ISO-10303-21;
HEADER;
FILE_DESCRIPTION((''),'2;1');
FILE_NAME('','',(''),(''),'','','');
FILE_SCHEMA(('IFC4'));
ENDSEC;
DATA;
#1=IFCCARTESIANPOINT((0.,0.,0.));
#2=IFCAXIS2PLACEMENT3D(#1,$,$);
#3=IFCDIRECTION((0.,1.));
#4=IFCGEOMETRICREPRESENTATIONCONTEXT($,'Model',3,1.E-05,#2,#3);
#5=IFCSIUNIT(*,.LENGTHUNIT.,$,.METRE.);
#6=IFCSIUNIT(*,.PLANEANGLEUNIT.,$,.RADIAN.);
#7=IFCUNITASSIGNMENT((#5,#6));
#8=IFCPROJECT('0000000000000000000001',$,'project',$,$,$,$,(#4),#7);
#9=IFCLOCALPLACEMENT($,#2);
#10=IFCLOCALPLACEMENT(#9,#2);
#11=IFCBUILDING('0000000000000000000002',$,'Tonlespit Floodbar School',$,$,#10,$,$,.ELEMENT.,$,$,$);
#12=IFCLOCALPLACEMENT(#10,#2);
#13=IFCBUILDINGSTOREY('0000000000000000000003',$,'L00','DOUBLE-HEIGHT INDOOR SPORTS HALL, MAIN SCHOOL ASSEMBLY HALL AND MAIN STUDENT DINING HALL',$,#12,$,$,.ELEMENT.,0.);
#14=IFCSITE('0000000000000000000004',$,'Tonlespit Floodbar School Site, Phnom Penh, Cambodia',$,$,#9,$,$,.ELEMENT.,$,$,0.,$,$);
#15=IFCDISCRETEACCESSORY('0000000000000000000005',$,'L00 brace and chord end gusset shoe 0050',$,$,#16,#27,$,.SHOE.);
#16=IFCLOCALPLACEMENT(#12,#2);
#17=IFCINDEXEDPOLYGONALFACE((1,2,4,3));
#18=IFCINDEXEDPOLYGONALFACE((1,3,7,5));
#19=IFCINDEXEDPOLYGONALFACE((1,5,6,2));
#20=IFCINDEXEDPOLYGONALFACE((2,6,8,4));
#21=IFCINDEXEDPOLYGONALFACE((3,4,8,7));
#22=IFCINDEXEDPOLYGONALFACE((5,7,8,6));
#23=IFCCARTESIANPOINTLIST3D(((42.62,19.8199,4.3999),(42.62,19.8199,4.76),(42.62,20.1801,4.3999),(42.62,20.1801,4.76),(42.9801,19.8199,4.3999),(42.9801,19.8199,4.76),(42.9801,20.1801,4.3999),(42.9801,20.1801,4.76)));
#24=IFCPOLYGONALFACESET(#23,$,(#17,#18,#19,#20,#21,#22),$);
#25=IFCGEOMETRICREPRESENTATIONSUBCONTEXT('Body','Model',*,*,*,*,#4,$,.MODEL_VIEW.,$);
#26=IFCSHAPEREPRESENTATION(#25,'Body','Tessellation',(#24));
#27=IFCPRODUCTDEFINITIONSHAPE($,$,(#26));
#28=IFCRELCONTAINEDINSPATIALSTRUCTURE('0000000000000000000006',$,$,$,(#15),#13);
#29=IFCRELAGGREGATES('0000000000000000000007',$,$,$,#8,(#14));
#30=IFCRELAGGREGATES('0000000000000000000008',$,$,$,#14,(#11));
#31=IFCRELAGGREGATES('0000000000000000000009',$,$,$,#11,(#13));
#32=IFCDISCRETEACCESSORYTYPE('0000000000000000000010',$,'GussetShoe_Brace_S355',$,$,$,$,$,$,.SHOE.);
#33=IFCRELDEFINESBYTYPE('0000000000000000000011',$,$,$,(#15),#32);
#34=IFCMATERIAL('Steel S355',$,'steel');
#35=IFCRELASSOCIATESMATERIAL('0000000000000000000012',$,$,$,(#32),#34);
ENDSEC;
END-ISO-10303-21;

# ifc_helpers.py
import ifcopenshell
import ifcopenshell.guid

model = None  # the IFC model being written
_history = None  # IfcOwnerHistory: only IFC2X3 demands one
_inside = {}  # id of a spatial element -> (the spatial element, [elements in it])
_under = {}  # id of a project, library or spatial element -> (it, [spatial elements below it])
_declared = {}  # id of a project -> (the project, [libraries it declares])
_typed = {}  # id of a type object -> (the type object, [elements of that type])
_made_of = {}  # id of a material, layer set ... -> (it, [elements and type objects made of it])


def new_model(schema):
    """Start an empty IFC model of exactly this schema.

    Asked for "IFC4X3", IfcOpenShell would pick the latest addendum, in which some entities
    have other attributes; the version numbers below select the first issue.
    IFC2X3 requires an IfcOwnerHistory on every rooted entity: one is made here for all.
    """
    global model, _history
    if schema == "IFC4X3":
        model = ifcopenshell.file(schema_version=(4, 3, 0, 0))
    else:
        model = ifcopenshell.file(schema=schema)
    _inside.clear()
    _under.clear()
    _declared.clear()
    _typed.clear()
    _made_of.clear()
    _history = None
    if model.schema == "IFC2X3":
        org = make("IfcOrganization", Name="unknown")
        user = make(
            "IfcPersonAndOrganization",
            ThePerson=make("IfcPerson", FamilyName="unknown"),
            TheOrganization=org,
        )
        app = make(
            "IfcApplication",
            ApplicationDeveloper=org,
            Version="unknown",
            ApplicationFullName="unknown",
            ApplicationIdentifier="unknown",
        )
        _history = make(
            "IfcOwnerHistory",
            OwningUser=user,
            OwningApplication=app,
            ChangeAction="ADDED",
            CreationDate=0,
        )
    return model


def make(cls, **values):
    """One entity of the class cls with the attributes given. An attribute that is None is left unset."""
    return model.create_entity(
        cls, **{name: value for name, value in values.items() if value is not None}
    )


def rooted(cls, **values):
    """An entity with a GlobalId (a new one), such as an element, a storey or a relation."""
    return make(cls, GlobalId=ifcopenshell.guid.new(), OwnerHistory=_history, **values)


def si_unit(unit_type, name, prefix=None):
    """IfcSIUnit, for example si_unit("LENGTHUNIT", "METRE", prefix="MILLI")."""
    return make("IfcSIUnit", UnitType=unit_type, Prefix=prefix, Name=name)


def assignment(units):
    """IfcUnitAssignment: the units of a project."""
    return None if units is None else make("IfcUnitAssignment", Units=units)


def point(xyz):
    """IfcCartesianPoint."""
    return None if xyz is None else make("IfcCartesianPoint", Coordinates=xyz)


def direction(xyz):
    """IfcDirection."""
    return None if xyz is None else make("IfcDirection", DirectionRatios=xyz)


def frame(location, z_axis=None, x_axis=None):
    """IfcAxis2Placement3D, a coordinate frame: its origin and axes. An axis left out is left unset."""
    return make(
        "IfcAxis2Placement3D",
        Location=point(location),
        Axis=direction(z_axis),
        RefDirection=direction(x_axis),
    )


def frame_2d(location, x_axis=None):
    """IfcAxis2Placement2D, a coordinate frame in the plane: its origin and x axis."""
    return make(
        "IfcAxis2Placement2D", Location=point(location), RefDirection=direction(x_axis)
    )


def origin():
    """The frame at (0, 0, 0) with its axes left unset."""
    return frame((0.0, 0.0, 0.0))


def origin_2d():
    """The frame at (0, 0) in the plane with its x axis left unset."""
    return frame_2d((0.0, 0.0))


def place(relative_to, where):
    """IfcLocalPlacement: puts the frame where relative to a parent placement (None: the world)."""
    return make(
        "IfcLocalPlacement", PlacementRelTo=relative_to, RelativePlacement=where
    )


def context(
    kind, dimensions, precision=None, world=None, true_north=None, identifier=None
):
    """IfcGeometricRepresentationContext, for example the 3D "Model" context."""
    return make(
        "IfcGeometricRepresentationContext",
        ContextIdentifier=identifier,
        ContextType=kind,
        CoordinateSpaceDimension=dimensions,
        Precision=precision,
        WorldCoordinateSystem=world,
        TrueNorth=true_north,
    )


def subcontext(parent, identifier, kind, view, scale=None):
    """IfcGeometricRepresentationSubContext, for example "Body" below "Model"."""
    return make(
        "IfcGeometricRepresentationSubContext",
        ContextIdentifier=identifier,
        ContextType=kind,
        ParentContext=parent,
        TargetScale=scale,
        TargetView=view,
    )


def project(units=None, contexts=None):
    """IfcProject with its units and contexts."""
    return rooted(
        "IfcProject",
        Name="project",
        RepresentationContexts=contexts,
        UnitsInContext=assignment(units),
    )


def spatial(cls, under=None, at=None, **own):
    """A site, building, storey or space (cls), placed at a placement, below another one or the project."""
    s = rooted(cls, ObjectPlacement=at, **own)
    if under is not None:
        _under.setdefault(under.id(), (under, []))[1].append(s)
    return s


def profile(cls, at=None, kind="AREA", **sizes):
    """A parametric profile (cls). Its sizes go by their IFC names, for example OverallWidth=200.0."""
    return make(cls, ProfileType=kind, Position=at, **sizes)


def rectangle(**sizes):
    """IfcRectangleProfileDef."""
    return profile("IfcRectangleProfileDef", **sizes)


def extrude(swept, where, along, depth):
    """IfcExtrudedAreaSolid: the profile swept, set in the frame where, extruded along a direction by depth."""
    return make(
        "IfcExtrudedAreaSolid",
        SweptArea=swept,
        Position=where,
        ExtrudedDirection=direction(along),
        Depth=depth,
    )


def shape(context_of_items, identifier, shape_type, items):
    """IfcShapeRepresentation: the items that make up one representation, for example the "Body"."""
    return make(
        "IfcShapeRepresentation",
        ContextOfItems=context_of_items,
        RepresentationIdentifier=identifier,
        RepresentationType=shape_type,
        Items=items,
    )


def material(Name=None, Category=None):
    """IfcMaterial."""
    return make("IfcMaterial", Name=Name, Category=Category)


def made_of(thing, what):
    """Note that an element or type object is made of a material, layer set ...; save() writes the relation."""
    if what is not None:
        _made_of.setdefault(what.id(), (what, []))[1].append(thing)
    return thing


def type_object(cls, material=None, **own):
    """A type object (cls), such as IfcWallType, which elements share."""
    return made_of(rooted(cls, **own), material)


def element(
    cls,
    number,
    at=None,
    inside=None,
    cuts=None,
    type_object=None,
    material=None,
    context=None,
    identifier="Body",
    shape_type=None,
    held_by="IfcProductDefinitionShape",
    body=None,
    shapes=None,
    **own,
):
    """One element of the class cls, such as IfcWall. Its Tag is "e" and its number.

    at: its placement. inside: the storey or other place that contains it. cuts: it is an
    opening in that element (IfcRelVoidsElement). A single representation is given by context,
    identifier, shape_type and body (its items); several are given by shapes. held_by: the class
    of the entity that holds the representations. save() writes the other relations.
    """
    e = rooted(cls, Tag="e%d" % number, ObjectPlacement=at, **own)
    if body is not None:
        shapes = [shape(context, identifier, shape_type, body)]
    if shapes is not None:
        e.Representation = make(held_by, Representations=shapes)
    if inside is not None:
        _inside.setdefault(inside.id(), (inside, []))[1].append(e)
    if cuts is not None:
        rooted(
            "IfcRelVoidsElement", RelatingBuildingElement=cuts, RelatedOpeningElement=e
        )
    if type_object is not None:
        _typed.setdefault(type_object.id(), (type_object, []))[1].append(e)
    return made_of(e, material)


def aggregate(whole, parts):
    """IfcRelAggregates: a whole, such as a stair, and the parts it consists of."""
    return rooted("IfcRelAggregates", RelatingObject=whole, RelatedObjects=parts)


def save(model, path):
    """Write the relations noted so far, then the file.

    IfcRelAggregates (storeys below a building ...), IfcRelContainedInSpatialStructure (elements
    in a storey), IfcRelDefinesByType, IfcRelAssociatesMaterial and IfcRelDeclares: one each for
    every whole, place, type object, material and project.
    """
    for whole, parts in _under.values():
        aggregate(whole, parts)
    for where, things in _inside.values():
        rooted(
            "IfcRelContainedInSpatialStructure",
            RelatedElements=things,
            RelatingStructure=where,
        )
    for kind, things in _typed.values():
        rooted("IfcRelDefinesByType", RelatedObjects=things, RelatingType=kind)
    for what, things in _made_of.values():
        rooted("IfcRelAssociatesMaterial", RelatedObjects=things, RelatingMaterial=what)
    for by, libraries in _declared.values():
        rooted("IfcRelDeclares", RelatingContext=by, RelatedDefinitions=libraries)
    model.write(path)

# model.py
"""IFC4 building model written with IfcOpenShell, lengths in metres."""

from ifc_helpers import new_model, si_unit, direction, frame, origin, origin_2d, place, context, subcontext, project, spatial, rectangle, extrude, material, type_object, element, save


model = new_model("IFC4")

# Units and contexts
model_context = context("Model", 3, precision=1e-05, world=origin(), true_north=direction((0.0, 1.0)))
body_context = subcontext(model_context, "Body", "Model", "MODEL_VIEW")
ifc_project = project(units=[si_unit("LENGTHUNIT", "METRE"), si_unit("PLANEANGLEUNIT", "RADIAN")], contexts=[model_context])

# Site, building, storey
site_placement = place(None, origin())
site = spatial("IfcSite", under=ifc_project, at=site_placement, Name="Tonlespit Floodbar School Site, Phnom Penh, Cambodia", CompositionType="ELEMENT", RefElevation=0.0)
building_placement = place(site_placement, origin())
building = spatial("IfcBuilding", under=site, at=building_placement, Name="Tonlespit Floodbar School", CompositionType="ELEMENT")
storey_placement = place(building_placement, origin())
storey = spatial("IfcBuildingStorey", under=building, at=storey_placement, Name="L00", Description="DOUBLE-HEIGHT INDOOR SPORTS HALL, MAIN SCHOOL ASSEMBLY HALL AND MAIN STUDENT DINING HALL", CompositionType="ELEMENT", Elevation=0.0)

# Shared definitions
ifc_material_1 = material(Name="Steel S355", Category="steel")

# Discrete accessory
discrete_accessory_type = type_object("IfcDiscreteAccessoryType", Name="GussetShoe_Brace_S355", PredefinedType="SHOE", material=ifc_material_1)
for number, where, z_axis, x_axis, name in (
    (1, (42.8, 20.0, 4.3999), (0.0, 0.0, 1.0), (1.0, 0.0, 0.0), "L00 brace and chord end gusset shoe 0050"),
):
    element("IfcDiscreteAccessory", number, at=place(storey_placement, frame(where, z_axis=z_axis, x_axis=x_axis)), inside=storey, type_object=discrete_accessory_type, Name=name, PredefinedType="SHOE", context=body_context, shape_type="SweptSolid", body=[
        extrude(rectangle(XDim=0.3601, YDim=0.3601, at=origin_2d()), origin(), (0.0, 0.0, 1.0), 0.3601),
    ])

save(model, "model.ifc")
